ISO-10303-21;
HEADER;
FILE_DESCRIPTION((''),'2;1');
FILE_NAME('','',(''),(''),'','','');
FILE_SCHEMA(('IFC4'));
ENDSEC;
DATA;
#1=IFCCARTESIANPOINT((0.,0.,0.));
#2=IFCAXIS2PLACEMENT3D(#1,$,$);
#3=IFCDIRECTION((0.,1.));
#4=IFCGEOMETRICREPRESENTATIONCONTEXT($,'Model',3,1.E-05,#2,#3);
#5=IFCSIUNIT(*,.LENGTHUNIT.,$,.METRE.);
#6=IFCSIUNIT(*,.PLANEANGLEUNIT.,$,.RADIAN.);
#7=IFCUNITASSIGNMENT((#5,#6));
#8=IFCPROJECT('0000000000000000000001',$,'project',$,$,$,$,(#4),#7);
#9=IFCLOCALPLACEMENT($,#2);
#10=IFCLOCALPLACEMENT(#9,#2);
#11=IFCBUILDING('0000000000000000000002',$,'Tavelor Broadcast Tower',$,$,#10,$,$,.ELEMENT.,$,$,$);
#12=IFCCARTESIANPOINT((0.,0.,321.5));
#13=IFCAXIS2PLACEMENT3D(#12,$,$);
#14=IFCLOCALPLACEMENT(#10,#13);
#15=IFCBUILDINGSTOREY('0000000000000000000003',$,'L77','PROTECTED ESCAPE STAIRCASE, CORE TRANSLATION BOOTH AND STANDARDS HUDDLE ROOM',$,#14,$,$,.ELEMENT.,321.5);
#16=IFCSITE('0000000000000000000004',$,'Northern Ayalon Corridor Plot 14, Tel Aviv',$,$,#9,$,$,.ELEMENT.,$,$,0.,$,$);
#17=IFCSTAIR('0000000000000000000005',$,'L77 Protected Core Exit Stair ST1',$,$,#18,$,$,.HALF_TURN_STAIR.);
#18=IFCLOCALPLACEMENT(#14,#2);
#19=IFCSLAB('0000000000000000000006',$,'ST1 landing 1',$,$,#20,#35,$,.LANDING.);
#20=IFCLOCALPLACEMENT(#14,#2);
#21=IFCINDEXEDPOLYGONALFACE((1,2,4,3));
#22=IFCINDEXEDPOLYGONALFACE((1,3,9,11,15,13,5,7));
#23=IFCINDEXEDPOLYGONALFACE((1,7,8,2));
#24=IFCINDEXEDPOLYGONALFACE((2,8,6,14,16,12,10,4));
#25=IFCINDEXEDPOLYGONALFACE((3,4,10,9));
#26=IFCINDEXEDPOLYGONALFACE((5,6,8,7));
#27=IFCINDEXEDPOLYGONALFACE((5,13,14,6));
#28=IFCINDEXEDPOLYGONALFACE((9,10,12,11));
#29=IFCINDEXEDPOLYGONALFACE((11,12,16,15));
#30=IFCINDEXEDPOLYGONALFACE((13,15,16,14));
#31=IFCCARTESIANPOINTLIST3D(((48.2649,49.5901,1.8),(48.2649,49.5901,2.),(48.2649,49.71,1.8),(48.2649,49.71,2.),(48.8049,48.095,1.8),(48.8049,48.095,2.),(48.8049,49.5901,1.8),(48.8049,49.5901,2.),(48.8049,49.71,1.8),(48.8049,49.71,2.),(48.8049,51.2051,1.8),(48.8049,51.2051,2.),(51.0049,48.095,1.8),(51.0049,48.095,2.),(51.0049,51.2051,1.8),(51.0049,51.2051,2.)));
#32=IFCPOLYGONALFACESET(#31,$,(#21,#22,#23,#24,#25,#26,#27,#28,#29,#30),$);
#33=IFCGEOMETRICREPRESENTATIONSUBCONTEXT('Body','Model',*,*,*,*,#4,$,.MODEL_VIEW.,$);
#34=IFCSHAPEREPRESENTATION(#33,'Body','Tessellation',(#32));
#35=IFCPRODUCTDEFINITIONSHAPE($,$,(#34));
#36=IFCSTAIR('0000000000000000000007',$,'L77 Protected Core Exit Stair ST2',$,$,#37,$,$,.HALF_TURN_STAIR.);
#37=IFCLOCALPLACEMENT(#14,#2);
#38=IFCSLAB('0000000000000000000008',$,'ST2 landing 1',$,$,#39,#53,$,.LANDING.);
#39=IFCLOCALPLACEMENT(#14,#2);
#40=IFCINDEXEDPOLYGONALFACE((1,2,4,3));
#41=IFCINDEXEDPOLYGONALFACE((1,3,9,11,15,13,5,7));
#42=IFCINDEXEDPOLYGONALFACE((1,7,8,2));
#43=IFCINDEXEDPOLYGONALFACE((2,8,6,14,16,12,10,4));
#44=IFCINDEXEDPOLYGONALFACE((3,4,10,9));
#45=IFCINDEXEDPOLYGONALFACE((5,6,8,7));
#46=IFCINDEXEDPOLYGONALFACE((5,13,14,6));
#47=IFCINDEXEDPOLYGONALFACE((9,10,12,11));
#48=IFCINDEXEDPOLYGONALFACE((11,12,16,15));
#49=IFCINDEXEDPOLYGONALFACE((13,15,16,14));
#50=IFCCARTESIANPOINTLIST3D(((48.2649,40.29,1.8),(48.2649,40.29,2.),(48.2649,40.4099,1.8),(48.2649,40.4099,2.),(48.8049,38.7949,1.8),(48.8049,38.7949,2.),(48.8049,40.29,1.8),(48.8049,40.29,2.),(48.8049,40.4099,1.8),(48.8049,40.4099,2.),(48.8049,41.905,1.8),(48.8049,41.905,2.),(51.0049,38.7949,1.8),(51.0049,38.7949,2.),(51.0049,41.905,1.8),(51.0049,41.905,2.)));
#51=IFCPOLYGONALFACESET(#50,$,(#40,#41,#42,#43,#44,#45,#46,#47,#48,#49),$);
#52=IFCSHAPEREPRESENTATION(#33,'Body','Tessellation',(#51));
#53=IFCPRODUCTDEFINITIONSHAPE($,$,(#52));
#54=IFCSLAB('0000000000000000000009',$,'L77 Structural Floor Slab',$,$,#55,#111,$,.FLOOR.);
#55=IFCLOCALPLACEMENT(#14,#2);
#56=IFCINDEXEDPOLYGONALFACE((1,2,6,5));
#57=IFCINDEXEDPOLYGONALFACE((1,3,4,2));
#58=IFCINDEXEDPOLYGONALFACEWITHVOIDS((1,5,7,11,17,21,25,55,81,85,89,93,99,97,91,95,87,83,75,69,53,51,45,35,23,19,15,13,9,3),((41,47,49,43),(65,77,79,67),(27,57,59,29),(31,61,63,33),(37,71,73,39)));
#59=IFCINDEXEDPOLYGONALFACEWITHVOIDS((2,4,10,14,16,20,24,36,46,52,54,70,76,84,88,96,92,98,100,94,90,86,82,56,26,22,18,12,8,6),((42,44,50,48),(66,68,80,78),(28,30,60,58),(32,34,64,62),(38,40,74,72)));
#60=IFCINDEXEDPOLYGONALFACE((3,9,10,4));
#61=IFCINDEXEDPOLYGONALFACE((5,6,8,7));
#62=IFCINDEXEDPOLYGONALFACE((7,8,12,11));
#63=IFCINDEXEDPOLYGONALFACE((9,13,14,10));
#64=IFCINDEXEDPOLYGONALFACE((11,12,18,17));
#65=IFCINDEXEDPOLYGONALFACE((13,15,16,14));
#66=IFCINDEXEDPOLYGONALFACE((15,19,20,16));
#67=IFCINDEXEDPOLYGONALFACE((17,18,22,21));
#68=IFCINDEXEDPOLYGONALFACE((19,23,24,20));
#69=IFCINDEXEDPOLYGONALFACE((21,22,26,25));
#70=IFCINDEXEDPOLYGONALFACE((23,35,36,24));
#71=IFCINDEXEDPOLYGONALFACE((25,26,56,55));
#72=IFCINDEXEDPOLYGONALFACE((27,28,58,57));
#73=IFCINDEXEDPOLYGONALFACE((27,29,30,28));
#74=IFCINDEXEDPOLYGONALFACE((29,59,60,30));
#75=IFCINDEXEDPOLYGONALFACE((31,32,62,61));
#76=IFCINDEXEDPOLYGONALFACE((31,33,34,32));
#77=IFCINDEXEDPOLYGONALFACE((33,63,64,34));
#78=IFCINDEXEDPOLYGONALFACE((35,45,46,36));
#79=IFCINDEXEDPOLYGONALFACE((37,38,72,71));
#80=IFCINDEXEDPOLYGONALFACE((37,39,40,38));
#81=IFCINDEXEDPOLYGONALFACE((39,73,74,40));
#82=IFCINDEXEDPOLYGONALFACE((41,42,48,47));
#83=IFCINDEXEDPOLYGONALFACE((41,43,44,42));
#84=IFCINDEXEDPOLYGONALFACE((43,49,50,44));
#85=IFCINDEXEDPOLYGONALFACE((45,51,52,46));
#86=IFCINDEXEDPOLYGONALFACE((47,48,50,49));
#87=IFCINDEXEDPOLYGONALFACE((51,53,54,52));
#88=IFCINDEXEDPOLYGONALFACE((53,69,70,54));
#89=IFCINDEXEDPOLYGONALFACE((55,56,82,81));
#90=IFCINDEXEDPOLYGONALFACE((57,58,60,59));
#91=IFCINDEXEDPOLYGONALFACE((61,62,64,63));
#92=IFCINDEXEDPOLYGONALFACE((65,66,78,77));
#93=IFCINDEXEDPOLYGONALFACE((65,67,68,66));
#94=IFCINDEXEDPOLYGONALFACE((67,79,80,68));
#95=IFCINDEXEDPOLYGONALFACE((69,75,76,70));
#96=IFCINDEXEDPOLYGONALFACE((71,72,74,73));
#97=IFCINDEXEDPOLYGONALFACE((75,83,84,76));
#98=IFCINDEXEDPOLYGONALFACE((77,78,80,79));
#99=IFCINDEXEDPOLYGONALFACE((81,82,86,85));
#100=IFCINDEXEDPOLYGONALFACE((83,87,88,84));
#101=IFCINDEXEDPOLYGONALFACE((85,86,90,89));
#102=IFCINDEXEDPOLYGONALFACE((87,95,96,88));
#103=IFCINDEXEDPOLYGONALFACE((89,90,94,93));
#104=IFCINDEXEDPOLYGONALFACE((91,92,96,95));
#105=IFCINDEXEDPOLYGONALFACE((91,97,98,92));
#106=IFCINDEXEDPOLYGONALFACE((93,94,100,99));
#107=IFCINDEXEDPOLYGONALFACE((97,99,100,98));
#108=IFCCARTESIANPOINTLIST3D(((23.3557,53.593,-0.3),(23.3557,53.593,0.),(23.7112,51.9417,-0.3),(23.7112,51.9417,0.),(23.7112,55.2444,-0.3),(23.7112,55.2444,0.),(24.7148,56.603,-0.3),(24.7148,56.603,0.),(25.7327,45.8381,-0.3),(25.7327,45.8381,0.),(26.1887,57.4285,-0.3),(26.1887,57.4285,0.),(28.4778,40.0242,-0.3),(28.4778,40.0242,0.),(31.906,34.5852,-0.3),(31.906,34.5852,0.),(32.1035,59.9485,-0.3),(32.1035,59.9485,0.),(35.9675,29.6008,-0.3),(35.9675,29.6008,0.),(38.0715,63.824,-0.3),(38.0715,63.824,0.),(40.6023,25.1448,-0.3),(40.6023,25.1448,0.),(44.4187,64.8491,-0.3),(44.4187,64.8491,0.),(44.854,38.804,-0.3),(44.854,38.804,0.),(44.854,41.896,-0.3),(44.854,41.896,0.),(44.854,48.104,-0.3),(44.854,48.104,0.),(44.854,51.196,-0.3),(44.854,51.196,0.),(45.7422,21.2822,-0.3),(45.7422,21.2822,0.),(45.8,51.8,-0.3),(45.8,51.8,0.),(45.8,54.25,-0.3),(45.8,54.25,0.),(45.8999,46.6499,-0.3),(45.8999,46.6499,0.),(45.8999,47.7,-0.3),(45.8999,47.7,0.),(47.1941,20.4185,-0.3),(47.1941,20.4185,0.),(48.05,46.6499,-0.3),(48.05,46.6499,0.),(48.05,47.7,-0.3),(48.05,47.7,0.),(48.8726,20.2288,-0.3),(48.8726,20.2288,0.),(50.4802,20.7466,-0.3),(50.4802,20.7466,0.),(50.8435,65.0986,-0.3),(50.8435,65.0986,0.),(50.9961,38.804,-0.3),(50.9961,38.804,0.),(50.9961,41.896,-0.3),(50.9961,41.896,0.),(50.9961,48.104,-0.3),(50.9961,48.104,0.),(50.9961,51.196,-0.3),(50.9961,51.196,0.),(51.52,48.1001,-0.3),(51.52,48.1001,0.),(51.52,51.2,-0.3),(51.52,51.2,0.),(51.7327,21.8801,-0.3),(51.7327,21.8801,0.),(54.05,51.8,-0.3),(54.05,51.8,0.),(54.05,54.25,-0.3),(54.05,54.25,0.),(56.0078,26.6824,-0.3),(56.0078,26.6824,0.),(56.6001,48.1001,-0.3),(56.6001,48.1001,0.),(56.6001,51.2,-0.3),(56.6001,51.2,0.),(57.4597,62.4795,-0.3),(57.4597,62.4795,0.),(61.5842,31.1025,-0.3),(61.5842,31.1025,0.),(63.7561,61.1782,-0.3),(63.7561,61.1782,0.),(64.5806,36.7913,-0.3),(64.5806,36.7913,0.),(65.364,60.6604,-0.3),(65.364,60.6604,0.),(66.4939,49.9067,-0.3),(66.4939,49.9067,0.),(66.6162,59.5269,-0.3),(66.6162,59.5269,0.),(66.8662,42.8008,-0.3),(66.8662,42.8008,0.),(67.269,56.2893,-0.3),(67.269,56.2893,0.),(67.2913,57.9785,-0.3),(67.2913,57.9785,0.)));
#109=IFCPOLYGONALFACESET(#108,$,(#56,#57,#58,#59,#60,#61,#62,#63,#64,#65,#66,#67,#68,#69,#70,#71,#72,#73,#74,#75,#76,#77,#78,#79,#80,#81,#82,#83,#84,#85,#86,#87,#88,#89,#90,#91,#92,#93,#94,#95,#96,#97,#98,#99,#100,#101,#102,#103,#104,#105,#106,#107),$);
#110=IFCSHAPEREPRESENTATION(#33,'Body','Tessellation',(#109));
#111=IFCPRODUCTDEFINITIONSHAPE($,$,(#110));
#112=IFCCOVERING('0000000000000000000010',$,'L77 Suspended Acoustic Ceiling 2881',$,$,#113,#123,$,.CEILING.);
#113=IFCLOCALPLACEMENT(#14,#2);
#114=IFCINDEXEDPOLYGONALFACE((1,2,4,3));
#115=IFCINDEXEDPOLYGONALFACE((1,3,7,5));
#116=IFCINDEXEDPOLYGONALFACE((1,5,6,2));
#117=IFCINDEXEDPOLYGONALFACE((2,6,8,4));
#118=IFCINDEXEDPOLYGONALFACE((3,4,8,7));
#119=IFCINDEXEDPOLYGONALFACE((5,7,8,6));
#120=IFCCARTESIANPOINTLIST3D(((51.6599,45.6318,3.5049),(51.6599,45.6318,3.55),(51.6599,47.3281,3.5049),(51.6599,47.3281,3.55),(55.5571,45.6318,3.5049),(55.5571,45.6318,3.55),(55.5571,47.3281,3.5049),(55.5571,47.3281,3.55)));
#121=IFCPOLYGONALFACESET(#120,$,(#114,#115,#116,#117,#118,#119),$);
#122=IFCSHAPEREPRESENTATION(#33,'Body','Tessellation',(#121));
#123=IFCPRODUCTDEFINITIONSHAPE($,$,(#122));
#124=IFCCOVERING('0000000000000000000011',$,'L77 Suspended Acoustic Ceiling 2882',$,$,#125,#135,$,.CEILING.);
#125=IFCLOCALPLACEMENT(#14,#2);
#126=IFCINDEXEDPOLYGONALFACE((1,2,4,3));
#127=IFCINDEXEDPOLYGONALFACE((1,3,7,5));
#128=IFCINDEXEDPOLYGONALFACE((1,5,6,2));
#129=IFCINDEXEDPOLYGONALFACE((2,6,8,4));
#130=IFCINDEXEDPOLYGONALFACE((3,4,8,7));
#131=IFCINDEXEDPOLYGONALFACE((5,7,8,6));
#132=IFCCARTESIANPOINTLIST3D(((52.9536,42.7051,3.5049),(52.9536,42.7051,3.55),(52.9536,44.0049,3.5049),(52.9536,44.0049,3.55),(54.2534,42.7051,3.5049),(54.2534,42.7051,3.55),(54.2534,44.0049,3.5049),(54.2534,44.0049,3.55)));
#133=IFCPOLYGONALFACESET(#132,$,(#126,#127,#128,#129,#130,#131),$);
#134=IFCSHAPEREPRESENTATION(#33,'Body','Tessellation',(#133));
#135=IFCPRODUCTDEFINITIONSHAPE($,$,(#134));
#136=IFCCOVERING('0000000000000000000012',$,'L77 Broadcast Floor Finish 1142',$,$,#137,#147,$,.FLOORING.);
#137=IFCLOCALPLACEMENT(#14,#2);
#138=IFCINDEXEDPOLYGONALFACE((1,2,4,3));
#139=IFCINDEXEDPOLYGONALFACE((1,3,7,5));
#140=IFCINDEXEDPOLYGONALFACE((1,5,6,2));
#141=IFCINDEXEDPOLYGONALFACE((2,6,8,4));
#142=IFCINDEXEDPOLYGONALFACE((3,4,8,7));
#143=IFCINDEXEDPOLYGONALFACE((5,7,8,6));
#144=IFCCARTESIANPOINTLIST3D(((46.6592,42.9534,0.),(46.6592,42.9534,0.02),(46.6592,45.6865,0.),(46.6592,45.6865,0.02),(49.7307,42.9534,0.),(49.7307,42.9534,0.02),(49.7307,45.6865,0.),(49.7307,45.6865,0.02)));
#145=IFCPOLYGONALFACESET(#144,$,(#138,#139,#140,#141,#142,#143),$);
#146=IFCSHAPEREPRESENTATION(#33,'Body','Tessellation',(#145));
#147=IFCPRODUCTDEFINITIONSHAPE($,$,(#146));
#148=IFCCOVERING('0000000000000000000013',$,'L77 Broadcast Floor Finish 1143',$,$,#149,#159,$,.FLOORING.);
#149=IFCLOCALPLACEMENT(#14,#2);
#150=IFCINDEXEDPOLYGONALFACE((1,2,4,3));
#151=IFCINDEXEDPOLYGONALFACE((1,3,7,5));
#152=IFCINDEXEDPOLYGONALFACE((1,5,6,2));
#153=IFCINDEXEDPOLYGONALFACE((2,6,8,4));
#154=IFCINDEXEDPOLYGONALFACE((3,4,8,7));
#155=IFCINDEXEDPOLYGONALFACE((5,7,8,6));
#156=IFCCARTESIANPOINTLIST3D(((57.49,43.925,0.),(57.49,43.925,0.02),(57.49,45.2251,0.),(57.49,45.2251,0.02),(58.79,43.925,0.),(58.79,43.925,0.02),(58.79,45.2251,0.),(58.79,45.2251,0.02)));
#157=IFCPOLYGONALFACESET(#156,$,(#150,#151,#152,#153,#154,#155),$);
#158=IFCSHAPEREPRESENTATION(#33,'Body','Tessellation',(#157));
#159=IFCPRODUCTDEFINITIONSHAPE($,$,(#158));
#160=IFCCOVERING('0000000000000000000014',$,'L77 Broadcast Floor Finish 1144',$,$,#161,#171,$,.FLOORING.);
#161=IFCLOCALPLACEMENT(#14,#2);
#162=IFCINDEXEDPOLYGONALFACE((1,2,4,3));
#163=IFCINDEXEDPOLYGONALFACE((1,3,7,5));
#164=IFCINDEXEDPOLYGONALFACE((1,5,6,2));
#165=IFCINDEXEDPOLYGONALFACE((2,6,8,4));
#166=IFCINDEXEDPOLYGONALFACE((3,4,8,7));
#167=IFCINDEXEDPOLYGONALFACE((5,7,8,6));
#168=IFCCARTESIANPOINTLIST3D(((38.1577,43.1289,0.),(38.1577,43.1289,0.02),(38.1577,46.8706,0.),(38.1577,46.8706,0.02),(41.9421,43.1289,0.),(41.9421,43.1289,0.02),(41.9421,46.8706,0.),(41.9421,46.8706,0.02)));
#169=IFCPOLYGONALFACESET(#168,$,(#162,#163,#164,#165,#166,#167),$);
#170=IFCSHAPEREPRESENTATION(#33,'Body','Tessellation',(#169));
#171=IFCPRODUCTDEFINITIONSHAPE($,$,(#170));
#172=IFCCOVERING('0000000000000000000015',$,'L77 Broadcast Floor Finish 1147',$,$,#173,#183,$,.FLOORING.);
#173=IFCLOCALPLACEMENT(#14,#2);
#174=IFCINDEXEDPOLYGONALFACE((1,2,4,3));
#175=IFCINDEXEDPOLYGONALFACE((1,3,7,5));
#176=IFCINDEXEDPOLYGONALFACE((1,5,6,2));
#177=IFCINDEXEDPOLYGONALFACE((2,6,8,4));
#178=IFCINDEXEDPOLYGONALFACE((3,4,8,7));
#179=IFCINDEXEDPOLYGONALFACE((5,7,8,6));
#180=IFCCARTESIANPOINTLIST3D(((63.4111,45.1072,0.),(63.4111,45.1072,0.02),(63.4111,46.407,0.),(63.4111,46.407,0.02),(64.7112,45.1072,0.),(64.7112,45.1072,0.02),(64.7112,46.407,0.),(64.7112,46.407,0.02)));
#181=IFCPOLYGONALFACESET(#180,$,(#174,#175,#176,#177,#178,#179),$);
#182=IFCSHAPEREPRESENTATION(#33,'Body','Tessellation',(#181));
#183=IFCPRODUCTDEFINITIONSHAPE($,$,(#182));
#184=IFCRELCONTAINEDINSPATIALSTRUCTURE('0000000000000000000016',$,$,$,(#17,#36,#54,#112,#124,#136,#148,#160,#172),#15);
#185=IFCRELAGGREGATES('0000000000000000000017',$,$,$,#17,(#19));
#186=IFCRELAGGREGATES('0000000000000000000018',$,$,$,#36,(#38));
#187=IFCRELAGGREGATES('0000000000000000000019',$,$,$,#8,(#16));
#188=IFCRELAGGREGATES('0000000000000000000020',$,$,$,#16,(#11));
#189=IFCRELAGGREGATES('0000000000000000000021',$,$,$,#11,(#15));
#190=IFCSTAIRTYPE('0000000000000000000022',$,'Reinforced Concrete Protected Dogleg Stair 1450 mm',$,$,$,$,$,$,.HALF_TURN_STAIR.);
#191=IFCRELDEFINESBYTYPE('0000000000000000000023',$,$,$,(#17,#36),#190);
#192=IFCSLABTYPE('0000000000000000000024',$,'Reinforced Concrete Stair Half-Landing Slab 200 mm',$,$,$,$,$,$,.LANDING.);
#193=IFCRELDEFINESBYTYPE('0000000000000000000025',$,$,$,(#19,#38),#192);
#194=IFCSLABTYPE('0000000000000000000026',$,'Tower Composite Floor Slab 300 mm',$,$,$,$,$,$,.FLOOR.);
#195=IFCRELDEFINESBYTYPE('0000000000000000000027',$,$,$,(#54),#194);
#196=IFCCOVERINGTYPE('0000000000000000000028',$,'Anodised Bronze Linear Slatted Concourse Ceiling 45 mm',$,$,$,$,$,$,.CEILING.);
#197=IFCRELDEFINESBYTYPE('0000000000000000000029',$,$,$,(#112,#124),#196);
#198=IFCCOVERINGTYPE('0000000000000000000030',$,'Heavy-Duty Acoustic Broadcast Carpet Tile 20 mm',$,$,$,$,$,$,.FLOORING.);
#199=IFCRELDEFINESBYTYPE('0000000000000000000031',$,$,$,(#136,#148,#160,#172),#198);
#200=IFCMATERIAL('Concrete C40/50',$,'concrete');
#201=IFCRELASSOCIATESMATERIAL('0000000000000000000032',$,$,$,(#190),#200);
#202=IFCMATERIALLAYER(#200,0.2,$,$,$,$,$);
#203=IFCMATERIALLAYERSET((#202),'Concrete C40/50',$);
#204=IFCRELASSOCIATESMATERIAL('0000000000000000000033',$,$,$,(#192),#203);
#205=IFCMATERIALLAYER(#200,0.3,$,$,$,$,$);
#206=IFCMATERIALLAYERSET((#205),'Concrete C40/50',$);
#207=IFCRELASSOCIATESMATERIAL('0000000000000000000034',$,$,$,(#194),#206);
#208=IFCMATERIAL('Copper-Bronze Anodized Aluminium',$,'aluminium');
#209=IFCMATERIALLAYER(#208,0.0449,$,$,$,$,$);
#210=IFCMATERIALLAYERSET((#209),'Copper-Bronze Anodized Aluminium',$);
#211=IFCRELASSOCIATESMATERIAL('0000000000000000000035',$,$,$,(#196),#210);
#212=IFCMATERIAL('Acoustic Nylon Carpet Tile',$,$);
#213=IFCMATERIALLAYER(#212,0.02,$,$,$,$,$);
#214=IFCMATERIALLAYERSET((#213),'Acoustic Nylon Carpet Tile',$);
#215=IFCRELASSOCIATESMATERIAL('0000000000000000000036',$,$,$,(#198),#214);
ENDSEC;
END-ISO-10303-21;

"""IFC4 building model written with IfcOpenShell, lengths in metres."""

from ifc_helpers import new_model, si_unit, direction, frame, origin, place, context, subcontext, project, spatial, polyline, outline, extrude, material, layer, layer_set, type_object, element, aggregate, save


model = new_model("IFC4")

# Units and contexts
model_context = context("Model", 3, precision=1e-05, world=origin(), true_north=direction((0.0, 1.0)))
body_context = subcontext(model_context, "Body", "Model", "MODEL_VIEW")
ifc_project = project(units=[si_unit("LENGTHUNIT", "METRE"), si_unit("PLANEANGLEUNIT", "RADIAN")], contexts=[model_context])

# Site, building, storey
site_placement = place(None, origin())
site = spatial("IfcSite", under=ifc_project, at=site_placement, Name="Northern Ayalon Corridor Plot 14, Tel Aviv", CompositionType="ELEMENT", RefElevation=0.0)
building_placement = place(site_placement, origin())
building = spatial("IfcBuilding", under=site, at=building_placement, Name="Tavelor Broadcast Tower", CompositionType="ELEMENT")
storey_placement = place(building_placement, frame((0.0, 0.0, 321.5)))
storey = spatial("IfcBuildingStorey", under=building, at=storey_placement, Name="L77", Description="PROTECTED ESCAPE STAIRCASE, CORE TRANSLATION BOOTH AND STANDARDS HUDDLE ROOM", CompositionType="ELEMENT", Elevation=321.5)

# Stairs, slabs
ifc_material_1 = material(Name="Concrete C40/50", Category="concrete")
stair_type = type_object("IfcStairType", Name="Reinforced Concrete Protected Dogleg Stair 1450 mm", PredefinedType="HALF_TURN_STAIR", material=ifc_material_1)
stair_1_placement = place(storey_placement, origin())
stair_1 = element("IfcStair", 1, at=stair_1_placement, inside=storey, type_object=stair_type, Name="L77 Protected Core Exit Stair ST1", PredefinedType="HALF_TURN_STAIR")
ifc_layer_1 = layer(ifc_material_1, 0.2)
ifc_layer_set_1 = layer_set([ifc_layer_1], Name="Concrete C40/50")
slab_type_1 = type_object("IfcSlabType", Name="Reinforced Concrete Stair Half-Landing Slab 200 mm", PredefinedType="LANDING", material=ifc_layer_set_1)
slab_1_placement = place(storey_placement, frame((0.0, 0.0, 1.8)))
slab_1 = element("IfcSlab", 2, at=slab_1_placement, type_object=slab_type_1, Name="ST1 landing 1", PredefinedType="LANDING", context=body_context, shape_type="SweptSolid", body=[
    extrude(outline(polyline([(48.8049, 49.5901), (48.8049, 48.095), (51.0049, 48.095), (51.0049, 51.2051), (48.8049, 51.2051), (48.8049, 49.71), (48.2649, 49.71), (48.2649, 49.5901), (48.8049, 49.5901)])), origin(), (0.0, 0.0, 1.0), 0.2),
])
aggregate(stair_1, [slab_1])
stair_2_placement = place(storey_placement, origin())
stair_2 = element("IfcStair", 3, at=stair_2_placement, inside=storey, type_object=stair_type, Name="L77 Protected Core Exit Stair ST2", PredefinedType="HALF_TURN_STAIR")
slab_2_placement = place(storey_placement, frame((0.0, 0.0, 1.8)))
slab_2 = element("IfcSlab", 4, at=slab_2_placement, type_object=slab_type_1, Name="ST2 landing 1", PredefinedType="LANDING", context=body_context, shape_type="SweptSolid", body=[
    extrude(outline(polyline([(48.8049, 40.29), (48.8049, 38.7949), (51.0049, 38.7949), (51.0049, 41.905), (48.8049, 41.905), (48.8049, 40.4099), (48.2649, 40.4099), (48.2649, 40.29), (48.8049, 40.29)])), origin(), (0.0, 0.0, 1.0), 0.2),
])
aggregate(stair_2, [slab_2])

# Slab
ifc_layer_2 = layer(ifc_material_1, 0.3)
ifc_layer_set_2 = layer_set([ifc_layer_2], Name="Concrete C40/50")
slab_type_2 = type_object("IfcSlabType", Name="Tower Composite Floor Slab 300 mm", PredefinedType="FLOOR", material=ifc_layer_set_2)
slab_3_placement = place(storey_placement, frame((0.0, 0.0, -0.3)))
element("IfcSlab", 5, at=slab_3_placement, inside=storey, type_object=slab_type_2, Name="L77 Structural Floor Slab", PredefinedType="FLOOR", context=body_context, shape_type="SweptSolid", body=[
    extrude(outline(polyline([(26.1887, 57.4285), (24.7148, 56.603), (23.7112, 55.2444), (23.3557, 53.593), (23.7112, 51.9417), (25.7327, 45.8381), (28.4778, 40.0242), (31.906, 34.5852), (35.9675, 29.6008), (40.6023, 25.1448), (45.7422, 21.2822), (47.1941, 20.4185), (48.8726, 20.2288), (50.4802, 20.7466), (51.7327, 21.8801), (56.0078, 26.6824), (61.5842, 31.1025), (64.5806, 36.7913), (66.8662, 42.8008), (66.4939, 49.9067), (67.269, 56.2893), (67.2913, 57.9785), (66.6162, 59.5269), (65.364, 60.6604), (63.7561, 61.1782), (57.4597, 62.4795), (50.8435, 65.0986), (44.4187, 64.8491), (38.0715, 63.824), (32.1035, 59.9485), (26.1887, 57.4285)]), holes=[polyline([(50.9961, 41.896), (50.9961, 38.804), (44.854, 38.804), (44.854, 41.896), (50.9961, 41.896)]), polyline([(48.05, 47.7), (48.05, 46.6499), (45.8999, 46.6499), (45.8999, 47.7), (48.05, 47.7)]), polyline([(50.9961, 51.196), (50.9961, 48.104), (44.854, 48.104), (44.854, 51.196), (50.9961, 51.196)]), polyline([(56.6001, 48.1001), (51.52, 48.1001), (51.52, 51.2), (56.6001, 51.2), (56.6001, 48.1001)]), polyline([(54.05, 51.8), (45.8, 51.8), (45.8, 54.25), (54.05, 54.25), (54.05, 51.8)])]), origin(), (0.0, 0.0, 1.0), 0.3),
])

# Coverings
ifc_material_2 = material(Name="Copper-Bronze Anodized Aluminium", Category="aluminium")
ifc_layer_3 = layer(ifc_material_2, 0.0449)
ifc_layer_set_3 = layer_set([ifc_layer_3], Name="Copper-Bronze Anodized Aluminium")
covering_type_1 = type_object("IfcCoveringType", Name="Anodised Bronze Linear Slatted Concourse Ceiling 45 mm", PredefinedType="CEILING", material=ifc_layer_set_3)
covering_1_placement = place(storey_placement, frame((0.0, 0.0, 3.5049)))
element("IfcCovering", 6, at=covering_1_placement, inside=storey, type_object=covering_type_1, Name="L77 Suspended Acoustic Ceiling 2881", PredefinedType="CEILING", context=body_context, shape_type="SweptSolid", body=[
    extrude(outline(polyline([(51.6599, 45.6318), (55.5571, 45.6318), (55.5571, 47.3281), (51.6599, 47.3281), (51.6599, 45.6318)])), origin(), (0.0, 0.0, 1.0), 0.0452),
])
covering_2_placement = place(storey_placement, frame((0.0, 0.0, 3.5049)))
element("IfcCovering", 7, at=covering_2_placement, inside=storey, type_object=covering_type_1, Name="L77 Suspended Acoustic Ceiling 2882", PredefinedType="CEILING", context=body_context, shape_type="SweptSolid", body=[
    extrude(outline(polyline([(52.9536, 42.7051), (54.2534, 42.7051), (54.2534, 44.0049), (52.9536, 44.0049), (52.9536, 42.7051)])), origin(), (0.0, 0.0, 1.0), 0.0452),
])
ifc_material_3 = material(Name="Acoustic Nylon Carpet Tile")
ifc_layer_4 = layer(ifc_material_3, 0.02)
ifc_layer_set_4 = layer_set([ifc_layer_4], Name="Acoustic Nylon Carpet Tile")
covering_type_2 = type_object("IfcCoveringType", Name="Heavy-Duty Acoustic Broadcast Carpet Tile 20 mm", PredefinedType="FLOORING", material=ifc_layer_set_4)
covering_3_placement = place(storey_placement, origin())
element("IfcCovering", 8, at=covering_3_placement, inside=storey, type_object=covering_type_2, Name="L77 Broadcast Floor Finish 1142", PredefinedType="FLOORING", context=body_context, shape_type="SweptSolid", body=[
    extrude(outline(polyline([(46.6592, 42.9534), (49.7307, 42.9534), (49.7307, 45.6865), (46.6592, 45.6865), (46.6592, 42.9534)])), origin(), (0.0, 0.0, 1.0), 0.02),
])
covering_4_placement = place(storey_placement, origin())
element("IfcCovering", 9, at=covering_4_placement, inside=storey, type_object=covering_type_2, Name="L77 Broadcast Floor Finish 1143", PredefinedType="FLOORING", context=body_context, shape_type="SweptSolid", body=[
    extrude(outline(polyline([(57.49, 43.925), (58.79, 43.925), (58.79, 45.2251), (57.49, 45.2251), (57.49, 43.925)])), origin(), (0.0, 0.0, 1.0), 0.02),
])
covering_5_placement = place(storey_placement, origin())
element("IfcCovering", 10, at=covering_5_placement, inside=storey, type_object=covering_type_2, Name="L77 Broadcast Floor Finish 1144", PredefinedType="FLOORING", context=body_context, shape_type="SweptSolid", body=[
    extrude(outline(polyline([(38.1577, 43.1289), (41.9421, 43.1289), (41.9421, 46.8706), (38.1577, 46.8706), (38.1577, 43.1289)])), origin(), (0.0, 0.0, 1.0), 0.02),
])
covering_6_placement = place(storey_placement, origin())
element("IfcCovering", 11, at=covering_6_placement, inside=storey, type_object=covering_type_2, Name="L77 Broadcast Floor Finish 1147", PredefinedType="FLOORING", context=body_context, shape_type="SweptSolid", body=[
    extrude(outline(polyline([(63.4111, 45.1072), (64.7112, 45.1072), (64.7112, 46.407), (63.4111, 46.407), (63.4111, 45.1072)])), origin(), (0.0, 0.0, 1.0), 0.02),
])

save(model, "model.ifc")
